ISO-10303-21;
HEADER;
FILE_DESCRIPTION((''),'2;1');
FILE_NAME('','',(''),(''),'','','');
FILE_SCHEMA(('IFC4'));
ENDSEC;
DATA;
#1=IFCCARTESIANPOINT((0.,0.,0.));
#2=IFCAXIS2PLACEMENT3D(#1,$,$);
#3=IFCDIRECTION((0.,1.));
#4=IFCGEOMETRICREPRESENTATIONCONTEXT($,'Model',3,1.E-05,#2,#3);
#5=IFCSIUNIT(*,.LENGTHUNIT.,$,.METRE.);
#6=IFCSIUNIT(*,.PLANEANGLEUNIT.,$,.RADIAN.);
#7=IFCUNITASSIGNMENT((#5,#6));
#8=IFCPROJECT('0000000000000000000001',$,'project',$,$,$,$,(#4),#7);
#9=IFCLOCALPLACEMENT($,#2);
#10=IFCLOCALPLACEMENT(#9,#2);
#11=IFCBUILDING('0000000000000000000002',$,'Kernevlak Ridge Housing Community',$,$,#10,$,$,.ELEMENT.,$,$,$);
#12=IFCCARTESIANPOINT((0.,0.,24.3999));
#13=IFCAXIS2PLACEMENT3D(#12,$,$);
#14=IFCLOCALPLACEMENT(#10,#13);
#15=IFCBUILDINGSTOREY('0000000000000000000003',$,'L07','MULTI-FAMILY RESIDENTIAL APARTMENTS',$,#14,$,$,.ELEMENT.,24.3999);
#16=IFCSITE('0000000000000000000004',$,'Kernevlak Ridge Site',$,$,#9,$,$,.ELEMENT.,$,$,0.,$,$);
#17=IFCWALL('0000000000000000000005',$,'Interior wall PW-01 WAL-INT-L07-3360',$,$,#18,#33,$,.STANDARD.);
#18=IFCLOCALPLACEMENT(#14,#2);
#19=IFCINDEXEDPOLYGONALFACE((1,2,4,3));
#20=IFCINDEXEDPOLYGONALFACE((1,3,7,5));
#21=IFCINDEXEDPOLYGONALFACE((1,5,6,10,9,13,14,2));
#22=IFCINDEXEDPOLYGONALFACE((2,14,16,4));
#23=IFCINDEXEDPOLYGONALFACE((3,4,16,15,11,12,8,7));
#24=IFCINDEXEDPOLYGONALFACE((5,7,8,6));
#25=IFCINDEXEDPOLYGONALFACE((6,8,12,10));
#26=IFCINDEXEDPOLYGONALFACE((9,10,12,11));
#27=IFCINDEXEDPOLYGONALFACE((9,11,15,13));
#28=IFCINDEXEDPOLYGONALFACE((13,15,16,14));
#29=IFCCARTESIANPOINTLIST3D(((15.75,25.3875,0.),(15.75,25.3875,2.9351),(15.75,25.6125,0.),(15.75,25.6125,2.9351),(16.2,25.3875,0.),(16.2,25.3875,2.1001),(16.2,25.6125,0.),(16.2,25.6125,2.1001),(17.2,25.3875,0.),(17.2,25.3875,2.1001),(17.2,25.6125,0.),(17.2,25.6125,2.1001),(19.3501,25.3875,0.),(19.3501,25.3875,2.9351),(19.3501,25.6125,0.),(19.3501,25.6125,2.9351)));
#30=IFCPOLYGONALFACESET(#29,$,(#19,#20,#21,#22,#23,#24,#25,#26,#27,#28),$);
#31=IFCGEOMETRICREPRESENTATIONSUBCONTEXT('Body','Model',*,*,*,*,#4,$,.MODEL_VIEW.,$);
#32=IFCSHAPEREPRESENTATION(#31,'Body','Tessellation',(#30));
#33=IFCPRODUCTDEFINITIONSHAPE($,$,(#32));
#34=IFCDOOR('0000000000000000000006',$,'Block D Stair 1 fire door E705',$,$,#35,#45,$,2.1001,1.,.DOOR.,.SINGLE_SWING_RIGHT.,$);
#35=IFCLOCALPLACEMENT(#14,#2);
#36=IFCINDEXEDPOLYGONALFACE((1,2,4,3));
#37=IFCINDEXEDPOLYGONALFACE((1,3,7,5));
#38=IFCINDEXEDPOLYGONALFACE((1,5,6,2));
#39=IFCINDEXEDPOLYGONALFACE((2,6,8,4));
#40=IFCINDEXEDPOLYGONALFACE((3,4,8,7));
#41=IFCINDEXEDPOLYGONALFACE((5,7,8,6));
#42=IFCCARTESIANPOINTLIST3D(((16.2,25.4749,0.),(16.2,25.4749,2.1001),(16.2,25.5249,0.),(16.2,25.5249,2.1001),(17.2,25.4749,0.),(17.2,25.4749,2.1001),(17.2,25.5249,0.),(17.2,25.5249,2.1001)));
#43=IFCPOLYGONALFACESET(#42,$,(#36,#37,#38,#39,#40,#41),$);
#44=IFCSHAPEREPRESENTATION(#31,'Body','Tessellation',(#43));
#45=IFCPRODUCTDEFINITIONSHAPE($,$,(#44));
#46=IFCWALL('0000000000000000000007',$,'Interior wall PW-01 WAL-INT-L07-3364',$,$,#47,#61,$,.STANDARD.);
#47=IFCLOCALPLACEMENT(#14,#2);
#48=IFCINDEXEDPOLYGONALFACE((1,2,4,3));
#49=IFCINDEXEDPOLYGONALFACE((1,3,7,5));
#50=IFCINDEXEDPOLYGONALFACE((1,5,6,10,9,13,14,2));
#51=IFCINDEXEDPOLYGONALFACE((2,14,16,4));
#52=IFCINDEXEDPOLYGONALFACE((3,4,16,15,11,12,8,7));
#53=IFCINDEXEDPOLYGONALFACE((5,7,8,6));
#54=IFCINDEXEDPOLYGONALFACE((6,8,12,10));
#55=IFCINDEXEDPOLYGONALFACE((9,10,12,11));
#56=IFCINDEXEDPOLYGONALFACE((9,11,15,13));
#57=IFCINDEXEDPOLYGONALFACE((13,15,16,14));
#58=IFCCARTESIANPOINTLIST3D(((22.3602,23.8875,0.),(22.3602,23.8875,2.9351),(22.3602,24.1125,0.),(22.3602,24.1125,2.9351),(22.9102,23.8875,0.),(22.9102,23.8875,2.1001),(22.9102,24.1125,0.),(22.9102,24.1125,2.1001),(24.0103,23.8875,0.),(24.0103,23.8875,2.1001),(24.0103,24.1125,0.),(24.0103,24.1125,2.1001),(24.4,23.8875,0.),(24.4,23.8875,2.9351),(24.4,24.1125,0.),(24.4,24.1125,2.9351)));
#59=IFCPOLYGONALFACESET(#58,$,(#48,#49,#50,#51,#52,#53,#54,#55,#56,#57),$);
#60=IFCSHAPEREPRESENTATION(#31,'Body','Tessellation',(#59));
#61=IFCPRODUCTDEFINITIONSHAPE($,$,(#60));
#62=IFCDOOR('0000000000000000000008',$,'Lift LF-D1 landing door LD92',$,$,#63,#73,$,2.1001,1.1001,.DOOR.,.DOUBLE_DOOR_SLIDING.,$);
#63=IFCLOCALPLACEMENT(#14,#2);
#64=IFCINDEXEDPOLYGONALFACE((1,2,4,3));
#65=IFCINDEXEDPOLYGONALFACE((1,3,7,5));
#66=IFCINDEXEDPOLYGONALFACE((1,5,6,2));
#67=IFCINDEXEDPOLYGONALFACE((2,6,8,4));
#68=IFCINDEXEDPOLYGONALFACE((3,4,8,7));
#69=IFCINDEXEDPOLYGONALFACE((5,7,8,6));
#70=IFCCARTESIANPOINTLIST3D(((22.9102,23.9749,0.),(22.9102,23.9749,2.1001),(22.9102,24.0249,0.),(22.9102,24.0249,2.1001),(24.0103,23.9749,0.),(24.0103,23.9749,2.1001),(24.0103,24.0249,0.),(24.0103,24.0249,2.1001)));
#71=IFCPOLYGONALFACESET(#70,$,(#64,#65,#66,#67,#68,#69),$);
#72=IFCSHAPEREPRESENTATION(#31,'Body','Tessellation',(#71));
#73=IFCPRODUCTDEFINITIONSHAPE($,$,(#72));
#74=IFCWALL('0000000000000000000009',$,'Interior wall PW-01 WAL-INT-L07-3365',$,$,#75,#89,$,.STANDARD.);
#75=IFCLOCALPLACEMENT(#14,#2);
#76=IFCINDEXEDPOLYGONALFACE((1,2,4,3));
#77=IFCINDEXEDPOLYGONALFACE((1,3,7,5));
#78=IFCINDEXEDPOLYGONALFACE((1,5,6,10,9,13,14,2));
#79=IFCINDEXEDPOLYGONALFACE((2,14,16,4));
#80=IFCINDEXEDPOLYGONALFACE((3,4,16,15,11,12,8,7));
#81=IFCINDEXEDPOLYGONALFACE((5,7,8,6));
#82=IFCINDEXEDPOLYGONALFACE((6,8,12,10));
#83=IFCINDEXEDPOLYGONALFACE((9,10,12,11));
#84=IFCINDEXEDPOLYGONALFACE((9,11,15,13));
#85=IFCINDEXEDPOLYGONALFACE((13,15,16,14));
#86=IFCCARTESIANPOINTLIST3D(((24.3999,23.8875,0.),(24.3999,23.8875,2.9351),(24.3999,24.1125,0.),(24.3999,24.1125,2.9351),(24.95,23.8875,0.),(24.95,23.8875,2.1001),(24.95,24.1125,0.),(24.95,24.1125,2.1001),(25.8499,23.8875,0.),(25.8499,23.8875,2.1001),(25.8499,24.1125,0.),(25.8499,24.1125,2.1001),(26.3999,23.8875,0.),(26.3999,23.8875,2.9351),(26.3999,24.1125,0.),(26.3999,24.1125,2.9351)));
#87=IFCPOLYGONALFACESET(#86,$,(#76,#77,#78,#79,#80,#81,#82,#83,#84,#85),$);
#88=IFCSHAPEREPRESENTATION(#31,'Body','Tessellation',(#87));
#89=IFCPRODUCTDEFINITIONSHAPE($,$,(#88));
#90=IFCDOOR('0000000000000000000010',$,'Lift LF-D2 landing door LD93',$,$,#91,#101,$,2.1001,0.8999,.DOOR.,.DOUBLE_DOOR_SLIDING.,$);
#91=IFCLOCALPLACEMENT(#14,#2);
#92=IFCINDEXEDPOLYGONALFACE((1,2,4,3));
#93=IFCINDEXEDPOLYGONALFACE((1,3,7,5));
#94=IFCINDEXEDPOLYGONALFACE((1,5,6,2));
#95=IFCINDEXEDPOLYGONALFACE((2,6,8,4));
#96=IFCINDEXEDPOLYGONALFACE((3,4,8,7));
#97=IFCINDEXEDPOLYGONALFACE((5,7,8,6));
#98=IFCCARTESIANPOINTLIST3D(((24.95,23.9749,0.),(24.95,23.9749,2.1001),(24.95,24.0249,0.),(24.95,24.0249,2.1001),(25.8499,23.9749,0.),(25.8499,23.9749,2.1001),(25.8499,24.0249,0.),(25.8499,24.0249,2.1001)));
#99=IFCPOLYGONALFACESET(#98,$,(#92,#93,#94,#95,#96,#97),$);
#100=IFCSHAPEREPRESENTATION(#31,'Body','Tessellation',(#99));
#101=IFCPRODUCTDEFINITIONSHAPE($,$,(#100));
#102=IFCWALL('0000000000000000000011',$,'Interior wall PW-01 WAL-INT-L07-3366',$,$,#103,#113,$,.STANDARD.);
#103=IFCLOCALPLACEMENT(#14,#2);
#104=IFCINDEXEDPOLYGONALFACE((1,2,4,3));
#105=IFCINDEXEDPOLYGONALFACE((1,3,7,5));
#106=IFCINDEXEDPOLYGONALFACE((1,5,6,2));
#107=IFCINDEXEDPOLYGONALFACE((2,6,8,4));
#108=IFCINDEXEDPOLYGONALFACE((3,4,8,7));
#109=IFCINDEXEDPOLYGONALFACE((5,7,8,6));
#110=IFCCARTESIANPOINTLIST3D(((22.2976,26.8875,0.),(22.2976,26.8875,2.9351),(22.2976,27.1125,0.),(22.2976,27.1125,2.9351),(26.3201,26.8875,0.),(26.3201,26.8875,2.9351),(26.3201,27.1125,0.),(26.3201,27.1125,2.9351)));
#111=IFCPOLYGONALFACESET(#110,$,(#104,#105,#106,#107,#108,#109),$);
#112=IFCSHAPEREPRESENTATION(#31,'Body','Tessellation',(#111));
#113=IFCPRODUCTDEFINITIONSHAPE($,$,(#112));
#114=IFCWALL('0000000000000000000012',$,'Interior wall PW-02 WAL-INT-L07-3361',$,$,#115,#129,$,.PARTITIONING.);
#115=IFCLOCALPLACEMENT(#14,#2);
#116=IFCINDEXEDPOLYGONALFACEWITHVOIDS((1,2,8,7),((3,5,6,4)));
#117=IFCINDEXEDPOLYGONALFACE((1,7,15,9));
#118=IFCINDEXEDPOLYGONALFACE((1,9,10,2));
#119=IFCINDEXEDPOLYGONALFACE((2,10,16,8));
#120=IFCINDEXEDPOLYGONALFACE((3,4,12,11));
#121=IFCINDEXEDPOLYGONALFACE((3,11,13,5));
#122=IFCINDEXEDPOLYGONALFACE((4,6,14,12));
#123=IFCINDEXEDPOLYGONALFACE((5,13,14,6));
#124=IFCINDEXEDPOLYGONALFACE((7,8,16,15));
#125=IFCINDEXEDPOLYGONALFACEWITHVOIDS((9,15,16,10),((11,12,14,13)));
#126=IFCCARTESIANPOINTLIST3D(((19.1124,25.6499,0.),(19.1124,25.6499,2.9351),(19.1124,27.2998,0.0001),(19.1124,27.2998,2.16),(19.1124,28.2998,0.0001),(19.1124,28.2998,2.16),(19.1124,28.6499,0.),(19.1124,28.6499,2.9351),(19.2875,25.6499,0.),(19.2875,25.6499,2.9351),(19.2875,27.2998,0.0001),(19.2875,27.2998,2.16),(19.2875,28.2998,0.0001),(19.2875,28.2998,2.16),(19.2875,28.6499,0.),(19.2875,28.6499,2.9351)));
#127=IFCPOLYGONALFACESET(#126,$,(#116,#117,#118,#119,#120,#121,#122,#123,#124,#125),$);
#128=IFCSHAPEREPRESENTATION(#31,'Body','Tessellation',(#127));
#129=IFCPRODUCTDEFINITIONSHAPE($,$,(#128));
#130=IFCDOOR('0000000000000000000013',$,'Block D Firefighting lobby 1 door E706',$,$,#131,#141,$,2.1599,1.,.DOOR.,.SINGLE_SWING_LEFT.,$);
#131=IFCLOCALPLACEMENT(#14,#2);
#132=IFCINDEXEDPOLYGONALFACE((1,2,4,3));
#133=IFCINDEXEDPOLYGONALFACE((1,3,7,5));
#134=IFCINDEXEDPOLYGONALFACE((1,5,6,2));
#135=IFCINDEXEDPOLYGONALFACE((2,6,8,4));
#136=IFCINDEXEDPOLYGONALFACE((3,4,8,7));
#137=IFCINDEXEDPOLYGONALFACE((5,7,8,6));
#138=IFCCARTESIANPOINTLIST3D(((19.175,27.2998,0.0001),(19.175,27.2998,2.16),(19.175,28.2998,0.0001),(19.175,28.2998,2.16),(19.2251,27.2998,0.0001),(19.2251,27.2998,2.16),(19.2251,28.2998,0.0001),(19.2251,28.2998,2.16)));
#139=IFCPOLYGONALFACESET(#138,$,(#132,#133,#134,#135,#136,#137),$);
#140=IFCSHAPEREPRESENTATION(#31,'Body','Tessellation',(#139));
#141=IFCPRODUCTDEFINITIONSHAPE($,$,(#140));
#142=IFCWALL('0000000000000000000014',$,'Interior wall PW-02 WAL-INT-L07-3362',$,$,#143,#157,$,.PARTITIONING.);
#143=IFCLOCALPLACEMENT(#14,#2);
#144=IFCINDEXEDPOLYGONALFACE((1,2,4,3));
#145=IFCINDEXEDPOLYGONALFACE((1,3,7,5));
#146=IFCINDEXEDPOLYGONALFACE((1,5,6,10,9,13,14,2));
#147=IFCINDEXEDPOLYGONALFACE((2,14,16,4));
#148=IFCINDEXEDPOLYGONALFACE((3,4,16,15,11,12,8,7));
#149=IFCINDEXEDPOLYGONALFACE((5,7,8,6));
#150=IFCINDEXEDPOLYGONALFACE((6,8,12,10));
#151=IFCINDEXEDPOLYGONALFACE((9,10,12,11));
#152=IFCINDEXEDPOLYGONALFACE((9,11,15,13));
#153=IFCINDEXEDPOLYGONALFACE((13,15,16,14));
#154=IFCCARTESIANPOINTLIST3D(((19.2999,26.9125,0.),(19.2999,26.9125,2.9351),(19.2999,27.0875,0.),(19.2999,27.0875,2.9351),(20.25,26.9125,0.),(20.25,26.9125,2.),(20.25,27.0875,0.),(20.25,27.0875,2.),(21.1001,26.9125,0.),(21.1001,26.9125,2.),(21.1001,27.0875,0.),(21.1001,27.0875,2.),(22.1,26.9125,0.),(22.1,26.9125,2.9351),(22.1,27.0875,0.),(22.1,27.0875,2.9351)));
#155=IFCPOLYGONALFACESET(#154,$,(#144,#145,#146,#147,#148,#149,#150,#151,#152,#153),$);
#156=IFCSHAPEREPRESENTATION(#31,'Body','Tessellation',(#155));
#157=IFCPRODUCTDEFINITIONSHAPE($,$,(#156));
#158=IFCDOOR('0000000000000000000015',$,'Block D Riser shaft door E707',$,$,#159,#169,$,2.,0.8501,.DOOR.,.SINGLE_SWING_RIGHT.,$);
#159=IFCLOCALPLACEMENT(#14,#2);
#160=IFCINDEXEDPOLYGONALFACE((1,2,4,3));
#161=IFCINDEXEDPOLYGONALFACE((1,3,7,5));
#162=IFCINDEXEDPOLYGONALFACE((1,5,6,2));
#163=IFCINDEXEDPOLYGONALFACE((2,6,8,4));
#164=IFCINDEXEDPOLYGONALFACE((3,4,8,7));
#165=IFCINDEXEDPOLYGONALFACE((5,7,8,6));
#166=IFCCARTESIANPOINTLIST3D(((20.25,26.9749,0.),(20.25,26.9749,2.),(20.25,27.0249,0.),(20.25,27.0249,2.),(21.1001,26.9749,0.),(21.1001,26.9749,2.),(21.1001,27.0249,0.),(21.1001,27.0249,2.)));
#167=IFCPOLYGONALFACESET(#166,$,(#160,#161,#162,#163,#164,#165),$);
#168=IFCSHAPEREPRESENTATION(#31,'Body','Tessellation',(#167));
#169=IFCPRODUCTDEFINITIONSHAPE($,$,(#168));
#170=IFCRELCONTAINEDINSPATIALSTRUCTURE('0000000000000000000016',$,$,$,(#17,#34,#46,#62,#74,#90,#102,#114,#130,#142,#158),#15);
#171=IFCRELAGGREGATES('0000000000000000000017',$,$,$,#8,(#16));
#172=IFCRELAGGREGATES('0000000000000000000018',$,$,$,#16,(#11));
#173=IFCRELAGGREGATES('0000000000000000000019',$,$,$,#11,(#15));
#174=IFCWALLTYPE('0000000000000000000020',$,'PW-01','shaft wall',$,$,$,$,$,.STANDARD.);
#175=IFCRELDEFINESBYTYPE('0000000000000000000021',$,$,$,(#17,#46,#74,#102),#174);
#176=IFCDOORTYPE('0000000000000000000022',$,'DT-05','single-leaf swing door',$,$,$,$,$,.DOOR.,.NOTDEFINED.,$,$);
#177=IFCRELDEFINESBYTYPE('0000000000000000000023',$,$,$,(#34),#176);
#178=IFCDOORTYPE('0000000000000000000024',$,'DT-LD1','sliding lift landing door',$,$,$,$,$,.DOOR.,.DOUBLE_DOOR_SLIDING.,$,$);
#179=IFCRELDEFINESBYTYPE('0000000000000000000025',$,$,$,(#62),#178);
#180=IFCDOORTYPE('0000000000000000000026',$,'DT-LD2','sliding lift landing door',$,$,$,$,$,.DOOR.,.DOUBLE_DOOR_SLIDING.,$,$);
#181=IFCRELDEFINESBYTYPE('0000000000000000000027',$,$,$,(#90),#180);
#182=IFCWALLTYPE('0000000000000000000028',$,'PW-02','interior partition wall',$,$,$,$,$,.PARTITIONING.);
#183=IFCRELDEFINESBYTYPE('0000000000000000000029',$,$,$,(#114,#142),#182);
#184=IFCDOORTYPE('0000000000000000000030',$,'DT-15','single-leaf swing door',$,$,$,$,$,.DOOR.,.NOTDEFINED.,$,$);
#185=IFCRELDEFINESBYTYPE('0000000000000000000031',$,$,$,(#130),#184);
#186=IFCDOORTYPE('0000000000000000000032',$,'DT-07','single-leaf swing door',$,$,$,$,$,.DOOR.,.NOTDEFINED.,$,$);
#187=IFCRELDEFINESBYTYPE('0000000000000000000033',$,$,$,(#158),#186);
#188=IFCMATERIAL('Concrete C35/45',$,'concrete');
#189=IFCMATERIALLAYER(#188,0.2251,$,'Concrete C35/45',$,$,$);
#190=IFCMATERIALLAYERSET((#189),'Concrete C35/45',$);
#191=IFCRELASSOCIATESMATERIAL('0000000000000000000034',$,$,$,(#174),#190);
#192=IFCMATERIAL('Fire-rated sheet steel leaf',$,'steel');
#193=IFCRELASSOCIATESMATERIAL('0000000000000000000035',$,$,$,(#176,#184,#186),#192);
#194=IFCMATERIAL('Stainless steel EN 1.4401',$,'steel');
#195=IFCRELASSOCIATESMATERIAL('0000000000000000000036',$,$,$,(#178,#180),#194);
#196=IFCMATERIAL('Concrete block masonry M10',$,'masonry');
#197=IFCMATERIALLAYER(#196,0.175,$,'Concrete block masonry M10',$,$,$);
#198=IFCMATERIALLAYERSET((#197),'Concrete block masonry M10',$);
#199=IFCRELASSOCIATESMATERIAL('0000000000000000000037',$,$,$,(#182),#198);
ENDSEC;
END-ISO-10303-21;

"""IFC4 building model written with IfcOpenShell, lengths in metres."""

from ifc_helpers import new_model, si_unit, direction, frame, frame_2d, origin, place, context, subcontext, project, spatial, rectangle, extrude, material, layer, layer_set, type_object, element, fill, save


model = new_model("IFC4")

# Units and contexts
model_context = context("Model", 3, precision=1e-05, world=origin(), true_north=direction((0.0, 1.0)))
body_context = subcontext(model_context, "Body", "Model", "MODEL_VIEW")
ifc_project = project(units=[si_unit("LENGTHUNIT", "METRE"), si_unit("PLANEANGLEUNIT", "RADIAN")], contexts=[model_context])

# Site, building, storey
site_placement = place(None, origin())
site = spatial("IfcSite", under=ifc_project, at=site_placement, Name="Kernevlak Ridge Site", CompositionType="ELEMENT", RefElevation=0.0)
building_placement = place(site_placement, origin())
building = spatial("IfcBuilding", under=site, at=building_placement, Name="Kernevlak Ridge Housing Community", CompositionType="ELEMENT")
storey_placement = place(building_placement, frame((0.0, 0.0, 24.3999)))
storey = spatial("IfcBuildingStorey", under=building, at=storey_placement, Name="L07", Description="MULTI-FAMILY RESIDENTIAL APARTMENTS", CompositionType="ELEMENT", Elevation=24.3999)

# Shared definitions
ifc_material_1 = material(Name="Concrete C35/45", Category="concrete")

# Walls, openings, doors
ifc_layer_1 = layer(ifc_material_1, 0.2251, Name="Concrete C35/45")
ifc_layer_set_1 = layer_set([ifc_layer_1], Name="Concrete C35/45")
wall_type_1 = type_object("IfcWallType", Name="PW-01", Description="shaft wall", PredefinedType="STANDARD", material=ifc_layer_set_1)
wall_1_placement = place(storey_placement, frame((15.75, 25.5, 0.0), z_axis=(0.0, 0.0, 1.0), x_axis=(1.0, 0.0, 0.0)))
wall_1 = element("IfcWall", 1, at=wall_1_placement, inside=storey, type_object=wall_type_1, Name="Interior wall PW-01 WAL-INT-L07-3360", PredefinedType="STANDARD", context=body_context, shape_type="SweptSolid", body=[
    extrude(rectangle(XDim=3.6001, YDim=0.2251, at=frame_2d((1.8, 0.0))), origin(), (0.0, 0.0, 1.0), 2.9351),
])
opening_1_placement = place(wall_1_placement, frame((0.45, 0.0, 0.0)))
opening_1 = element("IfcOpeningElement", 2, at=opening_1_placement, cuts=wall_1, PredefinedType="OPENING", context=body_context, shape_type="SweptSolid", body=[
    extrude(rectangle(XDim=1.0, YDim=2.1001, at=frame_2d((0.5, 1.05))), frame((0.0, 0.1226, 0.0), z_axis=(0.0, -1.0, 0.0), x_axis=(1.0, 0.0, 0.0)), (0.0, 0.0, 1.0), 0.2451),
])
ifc_material_2 = material(Name="Fire-rated sheet steel leaf", Category="steel")
door_type_1 = type_object("IfcDoorType", Name="DT-05", Description="single-leaf swing door", OperationType="NOTDEFINED", PredefinedType="DOOR", material=ifc_material_2)
door_1_placement = place(opening_1_placement, origin())
door_1 = element("IfcDoor", 3, at=door_1_placement, inside=storey, type_object=door_type_1, Name="Block D Stair 1 fire door E705", OperationType="SINGLE_SWING_RIGHT", OverallHeight=2.1001, OverallWidth=1.0, PredefinedType="DOOR", context=body_context, shape_type="SweptSolid", body=[
    extrude(rectangle(XDim=1.0, YDim=2.1001, at=frame_2d((0.5, 1.05))), frame((0.0, 0.0249, 0.0), z_axis=(0.0, -1.0, 0.0), x_axis=(1.0, 0.0, 0.0)), (0.0, 0.0, 1.0), 0.05),
])
fill(opening_1, door_1)
wall_2_placement = place(storey_placement, frame((22.3601, 24.0, 0.0), z_axis=(0.0, 0.0, 1.0), x_axis=(1.0, 0.0, 0.0)))
wall_2 = element("IfcWall", 4, at=wall_2_placement, inside=storey, type_object=wall_type_1, Name="Interior wall PW-01 WAL-INT-L07-3364", PredefinedType="STANDARD", context=body_context, shape_type="SweptSolid", body=[
    extrude(rectangle(XDim=2.0398, YDim=0.2251, at=frame_2d((1.02, 0.0))), origin(), (0.0, 0.0, 1.0), 2.9351),
])
opening_2_placement = place(wall_2_placement, frame((0.55, 0.0, 0.0)))
opening_2 = element("IfcOpeningElement", 5, at=opening_2_placement, cuts=wall_2, PredefinedType="OPENING", context=body_context, shape_type="SweptSolid", body=[
    extrude(rectangle(XDim=1.1001, YDim=2.1001, at=frame_2d((0.55, 1.05))), frame((0.0, 0.1226, 0.0), z_axis=(0.0, -1.0, 0.0), x_axis=(1.0, 0.0, 0.0)), (0.0, 0.0, 1.0), 0.2451),
])
ifc_material_3 = material(Name="Stainless steel EN 1.4401", Category="steel")
door_type_2 = type_object("IfcDoorType", Name="DT-LD1", Description="sliding lift landing door", OperationType="DOUBLE_DOOR_SLIDING", PredefinedType="DOOR", material=ifc_material_3)
door_2_placement = place(opening_2_placement, origin())
door_2 = element("IfcDoor", 6, at=door_2_placement, inside=storey, type_object=door_type_2, Name="Lift LF-D1 landing door LD92", OperationType="DOUBLE_DOOR_SLIDING", OverallHeight=2.1001, OverallWidth=1.1001, PredefinedType="DOOR", context=body_context, shape_type="SweptSolid", body=[
    extrude(rectangle(XDim=1.1001, YDim=2.1001, at=frame_2d((0.55, 1.05))), frame((0.0, 0.0249, 0.0), z_axis=(0.0, -1.0, 0.0), x_axis=(1.0, 0.0, 0.0)), (0.0, 0.0, 1.0), 0.05),
])
fill(opening_2, door_2)
wall_3_placement = place(storey_placement, frame((24.3999, 24.0, 0.0), z_axis=(0.0, 0.0, 1.0), x_axis=(1.0, 0.0, 0.0)))
wall_3 = element("IfcWall", 7, at=wall_3_placement, inside=storey, type_object=wall_type_1, Name="Interior wall PW-01 WAL-INT-L07-3365", PredefinedType="STANDARD", context=body_context, shape_type="SweptSolid", body=[
    extrude(rectangle(XDim=2.0, YDim=0.2251, at=frame_2d((1.0, 0.0))), origin(), (0.0, 0.0, 1.0), 2.9351),
])
opening_3_placement = place(wall_3_placement, frame((0.55, 0.0, 0.0)))
opening_3 = element("IfcOpeningElement", 8, at=opening_3_placement, cuts=wall_3, PredefinedType="OPENING", context=body_context, shape_type="SweptSolid", body=[
    extrude(rectangle(XDim=0.8999, YDim=2.1001, at=frame_2d((0.45, 1.05))), frame((0.0, 0.1226, 0.0), z_axis=(0.0, -1.0, 0.0), x_axis=(1.0, 0.0, 0.0)), (0.0, 0.0, 1.0), 0.2451),
])
door_type_3 = type_object("IfcDoorType", Name="DT-LD2", Description="sliding lift landing door", OperationType="DOUBLE_DOOR_SLIDING", PredefinedType="DOOR", material=ifc_material_3)
door_3_placement = place(opening_3_placement, origin())
door_3 = element("IfcDoor", 9, at=door_3_placement, inside=storey, type_object=door_type_3, Name="Lift LF-D2 landing door LD93", OperationType="DOUBLE_DOOR_SLIDING", OverallHeight=2.1001, OverallWidth=0.8999, PredefinedType="DOOR", context=body_context, shape_type="SweptSolid", body=[
    extrude(rectangle(XDim=0.8999, YDim=2.1001, at=frame_2d((0.45, 1.05))), frame((0.0, 0.0249, 0.0), z_axis=(0.0, -1.0, 0.0), x_axis=(1.0, 0.0, 0.0)), (0.0, 0.0, 1.0), 0.05),
])
fill(opening_3, door_3)

# Wall
wall_4_placement = place(storey_placement, frame((22.2976, 27.0, 0.0), z_axis=(0.0, 0.0, 1.0), x_axis=(1.0, 0.0, 0.0)))
element("IfcWall", 10, at=wall_4_placement, inside=storey, type_object=wall_type_1, Name="Interior wall PW-01 WAL-INT-L07-3366", PredefinedType="STANDARD", context=body_context, shape_type="SweptSolid", body=[
    extrude(rectangle(XDim=4.0225, YDim=0.2251, at=frame_2d((2.0112, 0.0))), origin(), (0.0, 0.0, 1.0), 2.9351),
])

# Walls, openings, doors
ifc_material_4 = material(Name="Concrete block masonry M10", Category="masonry")
ifc_layer_2 = layer(ifc_material_4, 0.175, Name="Concrete block masonry M10")
ifc_layer_set_2 = layer_set([ifc_layer_2], Name="Concrete block masonry M10")
wall_type_2 = type_object("IfcWallType", Name="PW-02", Description="interior partition wall", PredefinedType="PARTITIONING", material=ifc_layer_set_2)
wall_5_placement = place(storey_placement, frame((19.2, 25.6499, 0.0), z_axis=(0.0, 0.0, 1.0), x_axis=(0.0, 1.0, 0.0)))
wall_5 = element("IfcWall", 11, at=wall_5_placement, inside=storey, type_object=wall_type_2, Name="Interior wall PW-02 WAL-INT-L07-3361", PredefinedType="PARTITIONING", context=body_context, shape_type="SweptSolid", body=[
    extrude(rectangle(XDim=3.0, YDim=0.175, at=frame_2d((1.5, 0.0))), origin(), (0.0, 0.0, 1.0), 2.9351),
])
opening_4_placement = place(wall_5_placement, frame((1.6499, 0.0, 0.0)))
opening_4 = element("IfcOpeningElement", 12, at=opening_4_placement, cuts=wall_5, PredefinedType="OPENING", context=body_context, shape_type="SweptSolid", body=[
    extrude(rectangle(XDim=1.0, YDim=2.1599, at=frame_2d((0.5, 1.0801))), frame((0.0, 0.0974, 0.0), z_axis=(0.0, -1.0, 0.0), x_axis=(1.0, 0.0, 0.0)), (0.0, 0.0, 1.0), 0.1951),
])
door_type_4 = type_object("IfcDoorType", Name="DT-15", Description="single-leaf swing door", OperationType="NOTDEFINED", PredefinedType="DOOR", material=ifc_material_2)
door_4_placement = place(opening_4_placement, origin())
door_4 = element("IfcDoor", 13, at=door_4_placement, inside=storey, type_object=door_type_4, Name="Block D Firefighting lobby 1 door E706", OperationType="SINGLE_SWING_LEFT", OverallHeight=2.1599, OverallWidth=1.0, PredefinedType="DOOR", context=body_context, shape_type="SweptSolid", body=[
    extrude(rectangle(XDim=1.0, YDim=2.1599, at=frame_2d((0.5, 1.0801))), frame((0.0, 0.0249, 0.0), z_axis=(0.0, -1.0, 0.0), x_axis=(1.0, 0.0, 0.0)), (0.0, 0.0, 1.0), 0.05),
])
fill(opening_4, door_4)
wall_6_placement = place(storey_placement, frame((19.3, 27.0, 0.0), z_axis=(0.0, 0.0, 1.0), x_axis=(1.0, 0.0, 0.0)))
wall_6 = element("IfcWall", 14, at=wall_6_placement, inside=storey, type_object=wall_type_2, Name="Interior wall PW-02 WAL-INT-L07-3362", PredefinedType="PARTITIONING", context=body_context, shape_type="SweptSolid", body=[
    extrude(rectangle(XDim=2.8, YDim=0.175, at=frame_2d((1.3999, 0.0))), origin(), (0.0, 0.0, 1.0), 2.9351),
])
opening_5_placement = place(wall_6_placement, frame((0.95, 0.0, 0.0)))
opening_5 = element("IfcOpeningElement", 15, at=opening_5_placement, cuts=wall_6, PredefinedType="OPENING", context=body_context, shape_type="SweptSolid", body=[
    extrude(rectangle(XDim=0.8501, YDim=2.0, at=frame_2d((0.425, 1.0))), frame((0.0, 0.0974, 0.0), z_axis=(0.0, -1.0, 0.0), x_axis=(1.0, 0.0, 0.0)), (0.0, 0.0, 1.0), 0.1951),
])
door_type_5 = type_object("IfcDoorType", Name="DT-07", Description="single-leaf swing door", OperationType="NOTDEFINED", PredefinedType="DOOR", material=ifc_material_2)
door_5_placement = place(opening_5_placement, origin())
door_5 = element("IfcDoor", 16, at=door_5_placement, inside=storey, type_object=door_type_5, Name="Block D Riser shaft door E707", OperationType="SINGLE_SWING_RIGHT", OverallHeight=2.0, OverallWidth=0.8501, PredefinedType="DOOR", context=body_context, shape_type="SweptSolid", body=[
    extrude(rectangle(XDim=0.8501, YDim=2.0, at=frame_2d((0.425, 1.0))), frame((0.0, 0.0249, 0.0), z_axis=(0.0, -1.0, 0.0), x_axis=(1.0, 0.0, 0.0)), (0.0, 0.0, 1.0), 0.05),
])
fill(opening_5, door_5)

save(model, "model.ifc")
